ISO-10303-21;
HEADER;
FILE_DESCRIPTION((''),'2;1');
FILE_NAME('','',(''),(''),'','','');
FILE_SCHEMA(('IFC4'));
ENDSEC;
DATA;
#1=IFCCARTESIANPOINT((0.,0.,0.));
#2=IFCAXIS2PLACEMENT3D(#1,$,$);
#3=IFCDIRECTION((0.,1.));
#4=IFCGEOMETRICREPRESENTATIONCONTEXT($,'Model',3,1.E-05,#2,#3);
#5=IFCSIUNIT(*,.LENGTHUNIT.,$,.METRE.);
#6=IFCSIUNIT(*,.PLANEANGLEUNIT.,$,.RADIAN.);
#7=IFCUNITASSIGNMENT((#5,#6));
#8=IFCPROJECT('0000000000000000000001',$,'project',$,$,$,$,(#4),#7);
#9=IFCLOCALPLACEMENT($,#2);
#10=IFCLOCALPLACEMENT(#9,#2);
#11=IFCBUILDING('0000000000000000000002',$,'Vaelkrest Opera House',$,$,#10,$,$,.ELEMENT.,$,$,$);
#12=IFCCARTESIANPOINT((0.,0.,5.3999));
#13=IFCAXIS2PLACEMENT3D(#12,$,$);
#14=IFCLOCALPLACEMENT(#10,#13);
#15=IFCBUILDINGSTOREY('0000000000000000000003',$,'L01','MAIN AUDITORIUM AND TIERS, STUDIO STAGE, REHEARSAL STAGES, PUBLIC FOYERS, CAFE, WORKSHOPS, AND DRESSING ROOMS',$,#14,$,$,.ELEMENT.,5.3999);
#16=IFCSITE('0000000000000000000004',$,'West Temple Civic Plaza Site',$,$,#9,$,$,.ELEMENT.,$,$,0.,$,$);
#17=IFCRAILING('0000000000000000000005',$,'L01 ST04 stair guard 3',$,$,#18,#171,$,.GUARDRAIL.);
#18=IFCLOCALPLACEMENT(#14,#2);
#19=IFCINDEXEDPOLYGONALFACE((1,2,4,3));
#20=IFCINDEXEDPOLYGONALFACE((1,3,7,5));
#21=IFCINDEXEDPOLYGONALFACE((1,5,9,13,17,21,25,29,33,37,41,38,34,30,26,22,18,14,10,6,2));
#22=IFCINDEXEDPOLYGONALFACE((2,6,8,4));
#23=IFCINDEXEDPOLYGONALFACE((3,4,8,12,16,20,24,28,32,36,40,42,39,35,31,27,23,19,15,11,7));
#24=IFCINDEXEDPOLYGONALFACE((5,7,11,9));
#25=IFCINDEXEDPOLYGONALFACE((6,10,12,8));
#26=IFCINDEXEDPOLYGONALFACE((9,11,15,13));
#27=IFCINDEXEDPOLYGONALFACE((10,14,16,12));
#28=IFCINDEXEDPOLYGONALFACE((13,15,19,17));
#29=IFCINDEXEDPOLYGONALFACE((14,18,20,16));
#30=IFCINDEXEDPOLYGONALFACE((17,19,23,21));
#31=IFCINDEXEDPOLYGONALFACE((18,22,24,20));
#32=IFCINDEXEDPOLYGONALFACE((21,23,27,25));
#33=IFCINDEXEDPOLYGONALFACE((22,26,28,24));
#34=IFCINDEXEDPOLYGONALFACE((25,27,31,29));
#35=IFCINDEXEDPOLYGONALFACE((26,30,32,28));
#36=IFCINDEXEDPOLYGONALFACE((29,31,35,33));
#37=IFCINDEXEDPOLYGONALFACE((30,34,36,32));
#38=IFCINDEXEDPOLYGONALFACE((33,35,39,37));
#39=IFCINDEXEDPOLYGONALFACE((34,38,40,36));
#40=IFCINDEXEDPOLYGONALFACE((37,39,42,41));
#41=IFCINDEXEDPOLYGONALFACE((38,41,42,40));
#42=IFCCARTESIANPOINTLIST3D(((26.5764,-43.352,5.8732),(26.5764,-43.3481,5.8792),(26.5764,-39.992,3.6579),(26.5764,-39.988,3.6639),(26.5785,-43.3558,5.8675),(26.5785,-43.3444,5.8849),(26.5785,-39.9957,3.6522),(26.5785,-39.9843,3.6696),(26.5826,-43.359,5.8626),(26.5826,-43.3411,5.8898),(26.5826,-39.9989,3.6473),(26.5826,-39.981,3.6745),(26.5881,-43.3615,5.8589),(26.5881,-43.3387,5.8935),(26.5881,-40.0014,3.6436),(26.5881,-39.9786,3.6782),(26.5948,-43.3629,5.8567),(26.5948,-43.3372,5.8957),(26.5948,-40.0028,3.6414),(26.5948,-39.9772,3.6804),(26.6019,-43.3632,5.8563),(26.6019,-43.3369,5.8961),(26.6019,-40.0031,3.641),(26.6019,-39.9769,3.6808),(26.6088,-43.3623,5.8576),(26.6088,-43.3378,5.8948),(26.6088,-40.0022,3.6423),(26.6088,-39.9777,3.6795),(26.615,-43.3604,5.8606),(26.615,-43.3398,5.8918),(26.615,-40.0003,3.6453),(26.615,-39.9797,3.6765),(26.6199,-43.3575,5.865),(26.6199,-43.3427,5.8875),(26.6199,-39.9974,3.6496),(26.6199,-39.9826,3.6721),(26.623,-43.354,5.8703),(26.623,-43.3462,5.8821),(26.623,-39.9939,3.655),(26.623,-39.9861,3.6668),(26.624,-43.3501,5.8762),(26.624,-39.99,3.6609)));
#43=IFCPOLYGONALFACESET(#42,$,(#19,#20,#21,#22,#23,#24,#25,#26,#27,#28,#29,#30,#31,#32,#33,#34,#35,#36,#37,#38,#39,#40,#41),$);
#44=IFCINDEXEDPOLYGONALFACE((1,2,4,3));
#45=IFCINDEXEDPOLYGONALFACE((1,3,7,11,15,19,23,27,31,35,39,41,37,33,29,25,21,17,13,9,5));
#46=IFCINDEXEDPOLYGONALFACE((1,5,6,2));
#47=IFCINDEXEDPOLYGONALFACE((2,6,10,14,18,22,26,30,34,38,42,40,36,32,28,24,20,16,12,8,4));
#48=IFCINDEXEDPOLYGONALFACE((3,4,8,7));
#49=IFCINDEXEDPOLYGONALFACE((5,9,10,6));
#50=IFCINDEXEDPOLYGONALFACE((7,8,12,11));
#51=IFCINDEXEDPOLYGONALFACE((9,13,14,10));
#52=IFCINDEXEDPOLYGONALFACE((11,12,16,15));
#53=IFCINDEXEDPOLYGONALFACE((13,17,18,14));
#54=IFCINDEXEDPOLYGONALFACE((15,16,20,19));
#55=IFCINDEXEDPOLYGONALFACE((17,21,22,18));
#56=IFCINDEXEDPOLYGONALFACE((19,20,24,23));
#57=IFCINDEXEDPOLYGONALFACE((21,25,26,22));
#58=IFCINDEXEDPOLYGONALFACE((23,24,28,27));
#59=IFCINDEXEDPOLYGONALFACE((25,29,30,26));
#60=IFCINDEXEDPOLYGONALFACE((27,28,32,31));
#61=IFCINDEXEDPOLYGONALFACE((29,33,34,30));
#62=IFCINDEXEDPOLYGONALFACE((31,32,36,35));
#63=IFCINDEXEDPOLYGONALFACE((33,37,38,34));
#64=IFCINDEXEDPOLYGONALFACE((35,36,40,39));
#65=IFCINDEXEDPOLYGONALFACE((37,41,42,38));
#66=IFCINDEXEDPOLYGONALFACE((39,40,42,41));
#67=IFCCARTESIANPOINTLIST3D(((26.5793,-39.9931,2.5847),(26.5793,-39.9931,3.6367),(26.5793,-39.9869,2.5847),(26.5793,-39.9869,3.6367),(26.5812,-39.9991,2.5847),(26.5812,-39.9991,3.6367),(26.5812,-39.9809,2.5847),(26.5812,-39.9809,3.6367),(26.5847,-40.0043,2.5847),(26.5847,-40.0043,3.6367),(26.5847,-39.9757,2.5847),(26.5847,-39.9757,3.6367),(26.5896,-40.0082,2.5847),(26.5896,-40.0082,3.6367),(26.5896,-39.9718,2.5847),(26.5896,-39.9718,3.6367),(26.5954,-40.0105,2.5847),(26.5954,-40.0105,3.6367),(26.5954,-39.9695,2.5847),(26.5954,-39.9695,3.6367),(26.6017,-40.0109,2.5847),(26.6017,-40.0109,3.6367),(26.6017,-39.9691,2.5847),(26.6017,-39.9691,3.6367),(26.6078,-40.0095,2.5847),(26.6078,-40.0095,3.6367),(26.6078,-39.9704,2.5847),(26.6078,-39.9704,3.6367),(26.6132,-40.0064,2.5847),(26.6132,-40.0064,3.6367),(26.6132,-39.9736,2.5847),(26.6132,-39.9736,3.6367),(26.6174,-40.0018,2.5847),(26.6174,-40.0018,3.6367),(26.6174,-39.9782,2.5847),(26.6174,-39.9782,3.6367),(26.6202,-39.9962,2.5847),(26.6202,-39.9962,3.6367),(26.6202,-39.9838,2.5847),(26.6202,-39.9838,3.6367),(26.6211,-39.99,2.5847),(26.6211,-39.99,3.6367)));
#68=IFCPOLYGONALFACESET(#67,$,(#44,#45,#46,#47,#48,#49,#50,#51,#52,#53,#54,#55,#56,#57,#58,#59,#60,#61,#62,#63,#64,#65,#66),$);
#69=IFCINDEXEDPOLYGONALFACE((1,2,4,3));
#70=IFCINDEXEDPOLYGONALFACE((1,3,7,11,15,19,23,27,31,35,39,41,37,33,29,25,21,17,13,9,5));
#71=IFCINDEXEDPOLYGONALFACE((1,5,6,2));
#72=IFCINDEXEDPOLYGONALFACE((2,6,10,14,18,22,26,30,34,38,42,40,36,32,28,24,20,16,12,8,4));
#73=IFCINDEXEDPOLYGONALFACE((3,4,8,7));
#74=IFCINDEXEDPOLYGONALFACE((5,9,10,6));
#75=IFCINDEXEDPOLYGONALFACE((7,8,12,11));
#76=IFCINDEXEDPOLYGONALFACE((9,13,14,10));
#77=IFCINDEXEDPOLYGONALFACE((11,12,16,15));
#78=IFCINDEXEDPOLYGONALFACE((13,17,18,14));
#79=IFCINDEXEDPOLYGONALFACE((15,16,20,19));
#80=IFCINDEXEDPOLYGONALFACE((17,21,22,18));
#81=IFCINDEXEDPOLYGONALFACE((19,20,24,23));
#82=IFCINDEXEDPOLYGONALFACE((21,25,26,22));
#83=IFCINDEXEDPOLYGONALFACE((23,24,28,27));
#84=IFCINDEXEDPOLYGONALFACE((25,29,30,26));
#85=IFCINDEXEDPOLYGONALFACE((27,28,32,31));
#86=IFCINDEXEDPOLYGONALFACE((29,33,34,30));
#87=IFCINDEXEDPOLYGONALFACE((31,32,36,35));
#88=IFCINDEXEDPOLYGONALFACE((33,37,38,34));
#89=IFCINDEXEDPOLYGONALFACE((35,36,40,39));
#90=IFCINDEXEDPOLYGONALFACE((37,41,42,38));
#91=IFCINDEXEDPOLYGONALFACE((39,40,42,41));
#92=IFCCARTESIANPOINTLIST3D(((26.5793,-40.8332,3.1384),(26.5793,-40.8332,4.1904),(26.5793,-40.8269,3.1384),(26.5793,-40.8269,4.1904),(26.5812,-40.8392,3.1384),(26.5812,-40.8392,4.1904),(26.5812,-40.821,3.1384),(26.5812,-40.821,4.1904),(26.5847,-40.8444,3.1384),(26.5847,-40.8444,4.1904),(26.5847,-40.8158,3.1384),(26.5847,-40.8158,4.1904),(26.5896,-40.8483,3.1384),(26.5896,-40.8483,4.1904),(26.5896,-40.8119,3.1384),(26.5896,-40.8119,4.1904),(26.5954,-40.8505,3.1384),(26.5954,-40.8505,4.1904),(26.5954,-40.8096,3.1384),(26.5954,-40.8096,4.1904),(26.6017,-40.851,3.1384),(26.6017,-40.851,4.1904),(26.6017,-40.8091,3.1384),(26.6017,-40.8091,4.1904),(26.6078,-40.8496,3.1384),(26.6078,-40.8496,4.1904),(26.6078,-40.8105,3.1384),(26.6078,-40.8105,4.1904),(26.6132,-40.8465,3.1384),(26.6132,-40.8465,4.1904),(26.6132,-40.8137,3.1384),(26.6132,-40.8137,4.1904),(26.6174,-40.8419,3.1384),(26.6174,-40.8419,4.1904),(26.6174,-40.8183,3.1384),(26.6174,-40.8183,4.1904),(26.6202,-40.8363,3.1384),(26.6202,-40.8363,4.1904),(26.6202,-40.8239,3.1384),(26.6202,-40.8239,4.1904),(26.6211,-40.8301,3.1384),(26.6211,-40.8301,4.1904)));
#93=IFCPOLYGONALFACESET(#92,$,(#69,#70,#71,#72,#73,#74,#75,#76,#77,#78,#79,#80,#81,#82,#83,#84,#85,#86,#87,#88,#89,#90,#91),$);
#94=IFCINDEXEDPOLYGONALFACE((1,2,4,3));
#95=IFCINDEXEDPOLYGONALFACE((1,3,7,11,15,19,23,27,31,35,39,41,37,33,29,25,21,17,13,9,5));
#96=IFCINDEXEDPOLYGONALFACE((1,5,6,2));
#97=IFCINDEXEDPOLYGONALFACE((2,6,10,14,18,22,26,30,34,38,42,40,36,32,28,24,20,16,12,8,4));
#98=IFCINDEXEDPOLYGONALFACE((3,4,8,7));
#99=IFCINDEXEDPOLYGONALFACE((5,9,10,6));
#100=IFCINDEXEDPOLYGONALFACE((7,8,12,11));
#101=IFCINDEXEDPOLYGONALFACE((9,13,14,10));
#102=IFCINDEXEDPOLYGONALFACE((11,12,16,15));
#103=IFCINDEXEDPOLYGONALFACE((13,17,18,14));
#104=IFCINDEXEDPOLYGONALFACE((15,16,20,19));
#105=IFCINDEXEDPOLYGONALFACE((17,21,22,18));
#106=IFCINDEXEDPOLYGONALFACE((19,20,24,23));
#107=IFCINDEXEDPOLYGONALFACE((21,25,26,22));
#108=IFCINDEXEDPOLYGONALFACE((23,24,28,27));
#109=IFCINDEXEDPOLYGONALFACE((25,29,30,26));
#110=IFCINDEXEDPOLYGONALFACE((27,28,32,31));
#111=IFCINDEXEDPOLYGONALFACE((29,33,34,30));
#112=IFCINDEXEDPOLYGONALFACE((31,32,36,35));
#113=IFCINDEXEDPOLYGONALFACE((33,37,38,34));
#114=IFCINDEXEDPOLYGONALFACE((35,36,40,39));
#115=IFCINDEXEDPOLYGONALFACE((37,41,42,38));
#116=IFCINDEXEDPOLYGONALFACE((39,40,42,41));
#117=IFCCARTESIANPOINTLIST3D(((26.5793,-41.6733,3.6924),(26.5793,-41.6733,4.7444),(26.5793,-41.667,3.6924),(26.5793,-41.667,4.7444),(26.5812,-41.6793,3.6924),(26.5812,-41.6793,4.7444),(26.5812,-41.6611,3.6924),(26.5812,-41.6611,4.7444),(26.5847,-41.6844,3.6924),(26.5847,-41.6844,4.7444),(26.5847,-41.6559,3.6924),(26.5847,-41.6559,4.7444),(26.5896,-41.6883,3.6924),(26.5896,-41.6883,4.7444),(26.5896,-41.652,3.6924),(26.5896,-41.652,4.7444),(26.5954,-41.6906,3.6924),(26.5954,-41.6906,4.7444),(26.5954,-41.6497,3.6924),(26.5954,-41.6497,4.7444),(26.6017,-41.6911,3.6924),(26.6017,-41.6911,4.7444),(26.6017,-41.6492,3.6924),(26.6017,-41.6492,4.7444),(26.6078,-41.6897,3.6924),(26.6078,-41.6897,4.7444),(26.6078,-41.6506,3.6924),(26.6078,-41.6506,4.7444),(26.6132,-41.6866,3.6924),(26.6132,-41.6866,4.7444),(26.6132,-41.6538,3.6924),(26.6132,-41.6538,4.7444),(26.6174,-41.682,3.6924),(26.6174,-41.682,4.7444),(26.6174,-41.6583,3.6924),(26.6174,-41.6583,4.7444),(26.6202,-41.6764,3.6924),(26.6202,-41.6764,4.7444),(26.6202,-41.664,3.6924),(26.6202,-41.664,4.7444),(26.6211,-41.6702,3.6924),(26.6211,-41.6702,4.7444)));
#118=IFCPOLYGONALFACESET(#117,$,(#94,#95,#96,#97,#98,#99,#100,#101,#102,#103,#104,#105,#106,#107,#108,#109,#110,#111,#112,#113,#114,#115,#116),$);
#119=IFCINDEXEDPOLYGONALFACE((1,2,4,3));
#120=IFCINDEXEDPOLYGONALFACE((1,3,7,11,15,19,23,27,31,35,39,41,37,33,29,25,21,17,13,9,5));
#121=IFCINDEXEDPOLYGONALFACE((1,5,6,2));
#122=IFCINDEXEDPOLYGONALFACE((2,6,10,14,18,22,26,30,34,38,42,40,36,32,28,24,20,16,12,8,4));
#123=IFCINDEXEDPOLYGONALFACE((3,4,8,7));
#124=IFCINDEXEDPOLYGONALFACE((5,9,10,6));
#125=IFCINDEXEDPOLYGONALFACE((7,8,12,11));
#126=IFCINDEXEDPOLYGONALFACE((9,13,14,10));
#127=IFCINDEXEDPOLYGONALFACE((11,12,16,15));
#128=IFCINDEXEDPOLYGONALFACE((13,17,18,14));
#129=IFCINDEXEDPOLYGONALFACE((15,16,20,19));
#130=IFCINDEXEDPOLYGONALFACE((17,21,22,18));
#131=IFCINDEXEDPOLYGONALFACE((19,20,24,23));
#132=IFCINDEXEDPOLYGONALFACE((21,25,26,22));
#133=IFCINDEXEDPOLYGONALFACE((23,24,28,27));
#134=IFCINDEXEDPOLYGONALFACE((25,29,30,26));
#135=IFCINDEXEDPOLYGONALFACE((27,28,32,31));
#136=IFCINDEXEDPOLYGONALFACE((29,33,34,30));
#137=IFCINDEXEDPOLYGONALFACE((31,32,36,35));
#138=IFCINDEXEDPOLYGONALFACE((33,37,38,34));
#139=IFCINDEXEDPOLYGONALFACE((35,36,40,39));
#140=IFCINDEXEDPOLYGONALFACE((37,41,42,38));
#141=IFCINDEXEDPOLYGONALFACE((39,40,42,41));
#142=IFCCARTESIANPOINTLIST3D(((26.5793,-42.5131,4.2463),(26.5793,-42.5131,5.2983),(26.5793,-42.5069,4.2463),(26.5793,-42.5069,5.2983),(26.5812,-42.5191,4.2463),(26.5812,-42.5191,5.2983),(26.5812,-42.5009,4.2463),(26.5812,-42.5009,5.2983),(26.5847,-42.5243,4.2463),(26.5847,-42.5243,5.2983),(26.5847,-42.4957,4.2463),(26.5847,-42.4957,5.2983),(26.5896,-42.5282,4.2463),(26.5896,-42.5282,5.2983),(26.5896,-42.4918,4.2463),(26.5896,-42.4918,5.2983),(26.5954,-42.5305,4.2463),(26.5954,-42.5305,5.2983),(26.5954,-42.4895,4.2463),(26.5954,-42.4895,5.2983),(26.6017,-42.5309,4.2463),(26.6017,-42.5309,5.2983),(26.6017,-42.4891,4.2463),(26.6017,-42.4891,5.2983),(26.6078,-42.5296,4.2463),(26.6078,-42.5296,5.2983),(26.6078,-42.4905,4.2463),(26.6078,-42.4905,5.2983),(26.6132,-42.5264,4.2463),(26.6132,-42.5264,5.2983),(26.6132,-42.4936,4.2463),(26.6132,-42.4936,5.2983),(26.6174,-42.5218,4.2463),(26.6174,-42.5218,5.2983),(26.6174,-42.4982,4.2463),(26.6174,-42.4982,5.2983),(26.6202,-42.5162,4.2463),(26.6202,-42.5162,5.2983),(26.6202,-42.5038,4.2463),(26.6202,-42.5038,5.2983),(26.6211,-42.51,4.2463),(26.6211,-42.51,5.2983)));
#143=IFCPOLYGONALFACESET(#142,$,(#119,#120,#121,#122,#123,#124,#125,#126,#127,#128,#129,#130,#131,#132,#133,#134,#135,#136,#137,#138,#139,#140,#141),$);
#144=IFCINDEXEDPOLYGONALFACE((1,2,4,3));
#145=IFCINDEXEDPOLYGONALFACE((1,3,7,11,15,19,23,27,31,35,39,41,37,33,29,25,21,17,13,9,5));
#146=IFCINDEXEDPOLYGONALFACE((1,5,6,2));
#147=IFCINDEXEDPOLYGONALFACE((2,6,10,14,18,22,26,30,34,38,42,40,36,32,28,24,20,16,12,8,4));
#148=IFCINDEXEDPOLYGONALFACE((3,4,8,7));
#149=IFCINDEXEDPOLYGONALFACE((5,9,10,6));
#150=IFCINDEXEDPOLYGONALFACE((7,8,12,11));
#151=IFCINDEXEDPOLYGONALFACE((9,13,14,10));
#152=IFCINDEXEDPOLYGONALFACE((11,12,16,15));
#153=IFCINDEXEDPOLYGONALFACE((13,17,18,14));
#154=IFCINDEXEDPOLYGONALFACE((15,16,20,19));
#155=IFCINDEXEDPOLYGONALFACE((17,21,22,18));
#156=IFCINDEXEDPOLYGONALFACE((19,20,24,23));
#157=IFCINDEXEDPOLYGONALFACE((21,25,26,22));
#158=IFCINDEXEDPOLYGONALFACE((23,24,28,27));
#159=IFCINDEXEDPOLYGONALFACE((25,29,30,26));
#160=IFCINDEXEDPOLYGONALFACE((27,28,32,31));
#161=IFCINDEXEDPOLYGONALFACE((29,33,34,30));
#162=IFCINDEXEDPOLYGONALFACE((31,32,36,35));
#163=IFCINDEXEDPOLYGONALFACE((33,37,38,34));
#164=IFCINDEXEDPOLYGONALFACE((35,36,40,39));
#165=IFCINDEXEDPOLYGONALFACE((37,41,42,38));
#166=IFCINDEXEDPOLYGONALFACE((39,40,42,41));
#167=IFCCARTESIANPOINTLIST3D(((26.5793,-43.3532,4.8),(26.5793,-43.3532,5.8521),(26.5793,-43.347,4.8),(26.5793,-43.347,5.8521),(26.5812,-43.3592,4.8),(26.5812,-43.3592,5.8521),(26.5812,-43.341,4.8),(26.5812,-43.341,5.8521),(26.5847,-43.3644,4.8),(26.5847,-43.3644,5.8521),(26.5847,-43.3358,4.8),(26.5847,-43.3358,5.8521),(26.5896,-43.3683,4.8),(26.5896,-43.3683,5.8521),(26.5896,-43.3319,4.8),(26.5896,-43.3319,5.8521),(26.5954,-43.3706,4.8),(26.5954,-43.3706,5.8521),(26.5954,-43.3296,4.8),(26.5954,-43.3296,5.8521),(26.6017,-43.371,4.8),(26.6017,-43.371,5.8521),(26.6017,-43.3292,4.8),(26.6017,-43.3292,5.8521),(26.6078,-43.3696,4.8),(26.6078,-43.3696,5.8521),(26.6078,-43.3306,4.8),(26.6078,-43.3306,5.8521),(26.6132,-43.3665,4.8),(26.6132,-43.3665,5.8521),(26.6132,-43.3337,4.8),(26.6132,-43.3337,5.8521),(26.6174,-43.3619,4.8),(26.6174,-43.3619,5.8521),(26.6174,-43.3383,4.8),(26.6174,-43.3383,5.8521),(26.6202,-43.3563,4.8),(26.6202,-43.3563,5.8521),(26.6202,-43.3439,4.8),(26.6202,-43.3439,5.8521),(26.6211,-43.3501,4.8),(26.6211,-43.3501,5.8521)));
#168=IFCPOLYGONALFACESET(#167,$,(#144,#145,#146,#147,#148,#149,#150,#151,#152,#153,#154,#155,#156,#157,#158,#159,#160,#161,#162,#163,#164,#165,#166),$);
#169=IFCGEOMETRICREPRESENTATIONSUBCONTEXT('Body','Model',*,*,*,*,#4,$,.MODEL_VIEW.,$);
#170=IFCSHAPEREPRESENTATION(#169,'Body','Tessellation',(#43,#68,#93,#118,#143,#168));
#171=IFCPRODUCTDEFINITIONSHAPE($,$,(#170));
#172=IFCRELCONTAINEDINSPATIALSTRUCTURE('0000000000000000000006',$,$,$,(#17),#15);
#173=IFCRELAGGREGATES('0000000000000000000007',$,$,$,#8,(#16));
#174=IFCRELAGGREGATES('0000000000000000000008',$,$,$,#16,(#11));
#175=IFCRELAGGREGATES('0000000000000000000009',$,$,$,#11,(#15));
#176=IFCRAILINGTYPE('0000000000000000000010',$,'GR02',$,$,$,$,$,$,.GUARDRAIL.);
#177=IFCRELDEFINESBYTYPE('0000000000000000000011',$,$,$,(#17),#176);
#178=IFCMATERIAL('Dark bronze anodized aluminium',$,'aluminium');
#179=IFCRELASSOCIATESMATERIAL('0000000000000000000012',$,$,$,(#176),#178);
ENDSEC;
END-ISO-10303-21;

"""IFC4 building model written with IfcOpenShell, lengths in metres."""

from ifc_helpers import new_model, si_unit, direction, frame, origin, origin_2d, place, context, subcontext, project, spatial, circle, extrude, material, type_object, element, save


model = new_model("IFC4")

# Units and contexts
model_context = context("Model", 3, precision=1e-05, world=origin(), true_north=direction((0.0, 1.0)))
body_context = subcontext(model_context, "Body", "Model", "MODEL_VIEW")
ifc_project = project(units=[si_unit("LENGTHUNIT", "METRE"), si_unit("PLANEANGLEUNIT", "RADIAN")], contexts=[model_context])

# Site, building, storey
site_placement = place(None, origin())
site = spatial("IfcSite", under=ifc_project, at=site_placement, Name="West Temple Civic Plaza Site", CompositionType="ELEMENT", RefElevation=0.0)
building_placement = place(site_placement, origin())
building = spatial("IfcBuilding", under=site, at=building_placement, Name="Vaelkrest Opera House", CompositionType="ELEMENT")
storey_placement = place(building_placement, frame((0.0, 0.0, 5.3999)))
storey = spatial("IfcBuildingStorey", under=building, at=storey_placement, Name="L01", Description="MAIN AUDITORIUM AND TIERS, STUDIO STAGE, REHEARSAL STAGES, PUBLIC FOYERS, CAFE, WORKSHOPS, AND DRESSING ROOMS", CompositionType="ELEMENT", Elevation=5.3999)

# Shared definitions
ifc_material_1 = material(Name="Dark bronze anodized aluminium", Category="aluminium")

# Railing
railing_type_1 = type_object("IfcRailingType", Name="GR02", PredefinedType="GUARDRAIL", material=ifc_material_1)
railing_1_placement = place(storey_placement, frame((26.6001, -39.99, 2.5847)))
element("IfcRailing", 1, at=railing_1_placement, inside=storey, type_object=railing_type_1, Name="L01 ST04 stair guard 3", PredefinedType="GUARDRAIL", context=body_context, shape_type="SweptSolid", body=[
    extrude(circle(Radius=0.0239, at=origin_2d()), frame((0.0, 0.0, 1.0762), z_axis=(0.0, -0.834876, 0.550437), x_axis=(1.0, 0.0, 0.0)), (0.0, 0.0, 1.0), 4.0247),
    extrude(circle(Radius=0.021, at=origin_2d()), origin(), (0.0, 0.0, 1.0), 1.052),
    extrude(circle(Radius=0.021, at=origin_2d()), frame((0.0, -0.8401, 0.5537)), (0.0, 0.0, 1.0), 1.052),
    extrude(circle(Radius=0.021, at=origin_2d()), frame((0.0, -1.6802, 1.1077)), (0.0, 0.0, 1.0), 1.052),
    extrude(circle(Radius=0.021, at=origin_2d()), frame((0.0, -2.52, 1.6616)), (0.0, 0.0, 1.0), 1.052),
    extrude(circle(Radius=0.021, at=origin_2d()), frame((0.0, -3.3601, 2.2153)), (0.0, 0.0, 1.0), 1.052),
])

save(model, "model.ifc")
